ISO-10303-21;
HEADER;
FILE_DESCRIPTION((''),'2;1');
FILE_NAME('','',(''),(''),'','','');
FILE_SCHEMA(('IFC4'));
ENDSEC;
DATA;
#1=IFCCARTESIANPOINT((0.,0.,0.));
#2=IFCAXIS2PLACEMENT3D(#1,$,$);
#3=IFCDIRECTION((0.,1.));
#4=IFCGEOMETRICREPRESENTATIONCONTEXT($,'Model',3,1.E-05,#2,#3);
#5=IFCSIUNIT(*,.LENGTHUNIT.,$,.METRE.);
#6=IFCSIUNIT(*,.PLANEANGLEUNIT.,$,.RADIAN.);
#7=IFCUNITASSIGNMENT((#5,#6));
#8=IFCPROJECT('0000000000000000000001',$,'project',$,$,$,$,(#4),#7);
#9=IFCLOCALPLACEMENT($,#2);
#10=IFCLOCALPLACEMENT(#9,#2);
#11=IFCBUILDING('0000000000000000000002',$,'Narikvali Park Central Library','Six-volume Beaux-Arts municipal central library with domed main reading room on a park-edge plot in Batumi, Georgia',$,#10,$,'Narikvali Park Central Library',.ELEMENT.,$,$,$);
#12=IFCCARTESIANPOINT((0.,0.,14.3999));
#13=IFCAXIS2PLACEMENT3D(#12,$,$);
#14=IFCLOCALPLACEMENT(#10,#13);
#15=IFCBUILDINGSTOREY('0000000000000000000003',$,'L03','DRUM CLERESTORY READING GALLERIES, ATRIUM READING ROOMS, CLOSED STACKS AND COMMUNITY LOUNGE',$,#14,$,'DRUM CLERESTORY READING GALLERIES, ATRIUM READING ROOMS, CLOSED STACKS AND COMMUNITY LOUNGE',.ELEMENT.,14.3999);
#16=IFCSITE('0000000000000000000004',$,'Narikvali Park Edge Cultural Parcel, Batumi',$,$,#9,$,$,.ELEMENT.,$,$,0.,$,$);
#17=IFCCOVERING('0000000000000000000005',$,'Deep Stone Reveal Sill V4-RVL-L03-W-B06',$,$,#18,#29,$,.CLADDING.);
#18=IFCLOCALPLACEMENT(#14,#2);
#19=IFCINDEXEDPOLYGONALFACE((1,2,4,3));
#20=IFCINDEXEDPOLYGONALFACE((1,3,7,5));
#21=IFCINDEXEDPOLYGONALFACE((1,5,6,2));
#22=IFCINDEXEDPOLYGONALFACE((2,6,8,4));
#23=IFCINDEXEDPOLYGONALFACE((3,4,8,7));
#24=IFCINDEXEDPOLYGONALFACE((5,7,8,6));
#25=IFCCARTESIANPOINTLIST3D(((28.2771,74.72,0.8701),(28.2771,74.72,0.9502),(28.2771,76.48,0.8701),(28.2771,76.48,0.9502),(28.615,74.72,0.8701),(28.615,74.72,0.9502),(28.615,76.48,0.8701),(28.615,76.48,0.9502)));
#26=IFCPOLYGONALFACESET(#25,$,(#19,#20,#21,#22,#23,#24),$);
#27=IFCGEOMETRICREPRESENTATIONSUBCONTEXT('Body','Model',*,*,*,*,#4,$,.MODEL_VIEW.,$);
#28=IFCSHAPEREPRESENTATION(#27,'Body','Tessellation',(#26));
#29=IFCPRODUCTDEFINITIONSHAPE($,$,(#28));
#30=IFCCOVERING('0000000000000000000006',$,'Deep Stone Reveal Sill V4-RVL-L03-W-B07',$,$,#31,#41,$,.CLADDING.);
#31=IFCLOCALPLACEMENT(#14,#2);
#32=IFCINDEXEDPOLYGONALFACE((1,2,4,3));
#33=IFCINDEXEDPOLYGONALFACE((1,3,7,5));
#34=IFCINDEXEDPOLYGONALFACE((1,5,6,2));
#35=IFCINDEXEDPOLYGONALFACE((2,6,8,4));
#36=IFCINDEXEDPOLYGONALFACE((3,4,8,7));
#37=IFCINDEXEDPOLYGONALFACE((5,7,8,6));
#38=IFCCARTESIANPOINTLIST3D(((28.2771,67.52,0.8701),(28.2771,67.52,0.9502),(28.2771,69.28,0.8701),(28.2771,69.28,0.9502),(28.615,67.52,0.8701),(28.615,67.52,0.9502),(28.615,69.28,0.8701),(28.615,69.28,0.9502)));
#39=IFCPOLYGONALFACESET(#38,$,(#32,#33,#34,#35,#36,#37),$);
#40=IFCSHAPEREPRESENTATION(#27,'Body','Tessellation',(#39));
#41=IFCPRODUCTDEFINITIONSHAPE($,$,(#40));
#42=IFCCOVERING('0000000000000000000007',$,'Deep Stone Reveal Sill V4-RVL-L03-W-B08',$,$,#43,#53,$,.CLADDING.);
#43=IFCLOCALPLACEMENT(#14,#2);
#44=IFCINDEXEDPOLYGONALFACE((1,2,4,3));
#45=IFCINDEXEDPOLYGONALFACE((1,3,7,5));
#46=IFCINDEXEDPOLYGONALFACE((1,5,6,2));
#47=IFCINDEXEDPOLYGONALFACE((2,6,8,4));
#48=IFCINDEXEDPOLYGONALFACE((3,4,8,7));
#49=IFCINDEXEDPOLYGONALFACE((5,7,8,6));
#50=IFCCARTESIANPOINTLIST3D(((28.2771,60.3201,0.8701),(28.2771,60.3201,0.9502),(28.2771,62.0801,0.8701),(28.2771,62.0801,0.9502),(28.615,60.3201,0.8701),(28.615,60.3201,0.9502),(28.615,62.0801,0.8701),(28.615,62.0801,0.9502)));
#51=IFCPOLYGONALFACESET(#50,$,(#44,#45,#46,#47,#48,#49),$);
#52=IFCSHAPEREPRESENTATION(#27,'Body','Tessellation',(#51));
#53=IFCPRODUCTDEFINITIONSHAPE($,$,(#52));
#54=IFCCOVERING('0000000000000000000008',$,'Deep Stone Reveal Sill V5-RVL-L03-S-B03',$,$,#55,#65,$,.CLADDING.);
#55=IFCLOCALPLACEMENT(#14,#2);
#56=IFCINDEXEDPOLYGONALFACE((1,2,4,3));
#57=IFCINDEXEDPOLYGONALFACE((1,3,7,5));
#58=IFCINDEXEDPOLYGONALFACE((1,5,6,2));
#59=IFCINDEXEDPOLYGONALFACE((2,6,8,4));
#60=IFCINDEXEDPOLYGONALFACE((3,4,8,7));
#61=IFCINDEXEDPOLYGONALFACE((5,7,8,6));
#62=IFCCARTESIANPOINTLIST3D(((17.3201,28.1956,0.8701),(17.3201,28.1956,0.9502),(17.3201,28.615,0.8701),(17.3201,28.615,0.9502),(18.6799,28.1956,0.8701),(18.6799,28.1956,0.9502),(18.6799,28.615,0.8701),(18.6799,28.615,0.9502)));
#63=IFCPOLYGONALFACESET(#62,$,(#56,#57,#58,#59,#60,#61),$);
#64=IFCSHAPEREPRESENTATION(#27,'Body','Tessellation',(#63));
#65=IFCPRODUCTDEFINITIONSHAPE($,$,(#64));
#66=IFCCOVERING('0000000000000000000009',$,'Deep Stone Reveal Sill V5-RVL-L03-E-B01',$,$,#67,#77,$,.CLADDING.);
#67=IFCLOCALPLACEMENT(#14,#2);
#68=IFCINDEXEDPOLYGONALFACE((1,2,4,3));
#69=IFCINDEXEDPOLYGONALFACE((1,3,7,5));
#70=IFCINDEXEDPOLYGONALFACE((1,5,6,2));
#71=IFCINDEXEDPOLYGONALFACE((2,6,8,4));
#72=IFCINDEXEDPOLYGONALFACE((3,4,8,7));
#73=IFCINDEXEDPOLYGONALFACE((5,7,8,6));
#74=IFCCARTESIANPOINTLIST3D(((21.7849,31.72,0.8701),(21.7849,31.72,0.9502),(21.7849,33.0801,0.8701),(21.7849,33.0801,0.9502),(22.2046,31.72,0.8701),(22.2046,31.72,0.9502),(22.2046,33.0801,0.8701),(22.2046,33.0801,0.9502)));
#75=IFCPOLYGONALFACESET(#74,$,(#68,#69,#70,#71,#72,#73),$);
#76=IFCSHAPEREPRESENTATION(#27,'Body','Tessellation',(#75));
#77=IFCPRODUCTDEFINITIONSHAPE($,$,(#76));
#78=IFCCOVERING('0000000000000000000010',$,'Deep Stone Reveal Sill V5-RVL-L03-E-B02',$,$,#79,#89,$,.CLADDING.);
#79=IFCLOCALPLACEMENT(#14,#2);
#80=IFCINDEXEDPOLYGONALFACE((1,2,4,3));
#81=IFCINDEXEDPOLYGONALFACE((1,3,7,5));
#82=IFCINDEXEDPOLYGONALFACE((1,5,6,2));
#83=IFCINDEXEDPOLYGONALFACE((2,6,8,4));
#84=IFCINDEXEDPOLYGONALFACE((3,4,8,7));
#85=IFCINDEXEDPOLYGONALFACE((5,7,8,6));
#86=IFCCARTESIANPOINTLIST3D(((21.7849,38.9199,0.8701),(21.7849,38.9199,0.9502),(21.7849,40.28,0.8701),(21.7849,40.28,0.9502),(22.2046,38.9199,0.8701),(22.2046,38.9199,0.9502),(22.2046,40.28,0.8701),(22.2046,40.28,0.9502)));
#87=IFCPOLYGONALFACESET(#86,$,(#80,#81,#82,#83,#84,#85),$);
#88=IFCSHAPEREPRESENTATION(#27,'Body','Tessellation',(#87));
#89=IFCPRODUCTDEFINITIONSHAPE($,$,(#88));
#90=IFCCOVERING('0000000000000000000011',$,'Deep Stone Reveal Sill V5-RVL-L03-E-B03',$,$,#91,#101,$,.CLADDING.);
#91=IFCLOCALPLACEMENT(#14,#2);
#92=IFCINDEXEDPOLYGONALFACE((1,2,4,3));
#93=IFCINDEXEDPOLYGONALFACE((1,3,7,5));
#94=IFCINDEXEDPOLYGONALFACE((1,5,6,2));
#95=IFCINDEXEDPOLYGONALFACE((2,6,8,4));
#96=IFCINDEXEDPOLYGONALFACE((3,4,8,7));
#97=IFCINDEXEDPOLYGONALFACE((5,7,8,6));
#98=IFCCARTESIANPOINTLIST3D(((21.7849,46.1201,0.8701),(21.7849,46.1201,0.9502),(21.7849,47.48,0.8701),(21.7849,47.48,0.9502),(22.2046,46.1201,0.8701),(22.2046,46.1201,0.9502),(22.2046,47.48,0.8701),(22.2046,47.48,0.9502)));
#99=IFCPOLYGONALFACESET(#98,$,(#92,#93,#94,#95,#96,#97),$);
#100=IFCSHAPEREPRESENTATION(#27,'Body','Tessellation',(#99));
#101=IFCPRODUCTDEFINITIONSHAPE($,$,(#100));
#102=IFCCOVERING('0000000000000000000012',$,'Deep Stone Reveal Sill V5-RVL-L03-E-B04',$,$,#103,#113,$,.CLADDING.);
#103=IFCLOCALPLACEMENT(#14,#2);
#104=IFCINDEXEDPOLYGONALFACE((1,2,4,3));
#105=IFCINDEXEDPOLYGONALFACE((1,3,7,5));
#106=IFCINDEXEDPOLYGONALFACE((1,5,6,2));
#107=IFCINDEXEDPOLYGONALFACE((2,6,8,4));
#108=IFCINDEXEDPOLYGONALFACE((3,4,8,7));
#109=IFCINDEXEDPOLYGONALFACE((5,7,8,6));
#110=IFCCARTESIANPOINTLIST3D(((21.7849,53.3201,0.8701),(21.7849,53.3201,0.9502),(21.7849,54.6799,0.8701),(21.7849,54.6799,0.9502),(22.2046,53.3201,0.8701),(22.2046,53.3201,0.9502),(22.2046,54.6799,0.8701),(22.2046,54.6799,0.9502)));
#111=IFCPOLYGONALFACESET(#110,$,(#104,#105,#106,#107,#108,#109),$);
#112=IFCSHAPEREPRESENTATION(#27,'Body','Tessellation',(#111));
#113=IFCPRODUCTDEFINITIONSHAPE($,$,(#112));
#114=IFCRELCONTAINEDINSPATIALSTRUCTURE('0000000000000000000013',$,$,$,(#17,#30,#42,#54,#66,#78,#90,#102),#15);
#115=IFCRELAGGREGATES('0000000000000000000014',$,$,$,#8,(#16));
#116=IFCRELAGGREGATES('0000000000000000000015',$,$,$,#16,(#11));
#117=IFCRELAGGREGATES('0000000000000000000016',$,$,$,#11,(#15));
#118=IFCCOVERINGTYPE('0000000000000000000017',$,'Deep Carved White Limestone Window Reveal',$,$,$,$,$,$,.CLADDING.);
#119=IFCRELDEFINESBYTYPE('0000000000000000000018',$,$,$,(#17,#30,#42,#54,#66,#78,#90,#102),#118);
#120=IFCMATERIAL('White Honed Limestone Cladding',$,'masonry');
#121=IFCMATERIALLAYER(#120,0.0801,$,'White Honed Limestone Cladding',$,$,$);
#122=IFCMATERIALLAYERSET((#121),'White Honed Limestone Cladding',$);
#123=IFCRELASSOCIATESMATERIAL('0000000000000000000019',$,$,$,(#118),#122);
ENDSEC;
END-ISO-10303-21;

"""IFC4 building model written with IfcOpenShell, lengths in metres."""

from ifc_helpers import new_model, si_unit, direction, frame, origin, place, context, subcontext, project, spatial, polyline, outline, extrude, material, layer, layer_set, type_object, element, save


model = new_model("IFC4")

# Units and contexts
model_context = context("Model", 3, precision=1e-05, world=origin(), true_north=direction((0.0, 1.0)))
body_context = subcontext(model_context, "Body", "Model", "MODEL_VIEW")
ifc_project = project(units=[si_unit("LENGTHUNIT", "METRE"), si_unit("PLANEANGLEUNIT", "RADIAN")], contexts=[model_context])

# Site, building, storey
site_placement = place(None, origin())
site = spatial("IfcSite", under=ifc_project, at=site_placement, Name="Narikvali Park Edge Cultural Parcel, Batumi", CompositionType="ELEMENT", RefElevation=0.0)
building_placement = place(site_placement, origin())
building = spatial("IfcBuilding", under=site, at=building_placement, Name="Narikvali Park Central Library", Description="Six-volume Beaux-Arts municipal central library with domed main reading room on a park-edge plot in Batumi, Georgia", LongName="Narikvali Park Central Library", CompositionType="ELEMENT")
storey_placement = place(building_placement, frame((0.0, 0.0, 14.3999)))
storey = spatial("IfcBuildingStorey", under=building, at=storey_placement, Name="L03", Description="DRUM CLERESTORY READING GALLERIES, ATRIUM READING ROOMS, CLOSED STACKS AND COMMUNITY LOUNGE", LongName="DRUM CLERESTORY READING GALLERIES, ATRIUM READING ROOMS, CLOSED STACKS AND COMMUNITY LOUNGE", CompositionType="ELEMENT", Elevation=14.3999)

# Coverings
ifc_material_1 = material(Name="White Honed Limestone Cladding", Category="masonry")
ifc_layer_1 = layer(ifc_material_1, 0.0801, Name="White Honed Limestone Cladding")
ifc_layer_set_1 = layer_set([ifc_layer_1], Name="White Honed Limestone Cladding")
covering_type = type_object("IfcCoveringType", Name="Deep Carved White Limestone Window Reveal", PredefinedType="CLADDING", material=ifc_layer_set_1)
covering_1_placement = place(storey_placement, frame((0.0, 0.0, 0.8701)))
element("IfcCovering", 1, at=covering_1_placement, inside=storey, type_object=covering_type, Name="Deep Stone Reveal Sill V4-RVL-L03-W-B06", PredefinedType="CLADDING", context=body_context, shape_type="SweptSolid", body=[
    extrude(outline(polyline([(28.615, 76.48), (28.615, 74.72), (28.2771, 74.72), (28.2771, 76.48), (28.615, 76.48)])), origin(), (0.0, 0.0, 1.0), 0.0801),
])
covering_2_placement = place(storey_placement, frame((0.0, 0.0, 0.8701)))
element("IfcCovering", 2, at=covering_2_placement, inside=storey, type_object=covering_type, Name="Deep Stone Reveal Sill V4-RVL-L03-W-B07", PredefinedType="CLADDING", context=body_context, shape_type="SweptSolid", body=[
    extrude(outline(polyline([(28.615, 69.28), (28.615, 67.52), (28.2771, 67.52), (28.2771, 69.28), (28.615, 69.28)])), origin(), (0.0, 0.0, 1.0), 0.0801),
])
covering_3_placement = place(storey_placement, frame((0.0, 0.0, 0.8701)))
element("IfcCovering", 3, at=covering_3_placement, inside=storey, type_object=covering_type, Name="Deep Stone Reveal Sill V4-RVL-L03-W-B08", PredefinedType="CLADDING", context=body_context, shape_type="SweptSolid", body=[
    extrude(outline(polyline([(28.615, 62.0801), (28.615, 60.3201), (28.2771, 60.3201), (28.2771, 62.0801), (28.615, 62.0801)])), origin(), (0.0, 0.0, 1.0), 0.0801),
])
covering_4_placement = place(storey_placement, frame((0.0, 0.0, 0.8701)))
element("IfcCovering", 4, at=covering_4_placement, inside=storey, type_object=covering_type, Name="Deep Stone Reveal Sill V5-RVL-L03-S-B03", PredefinedType="CLADDING", context=body_context, shape_type="SweptSolid", body=[
    extrude(outline(polyline([(17.3201, 28.615), (18.6799, 28.615), (18.6799, 28.1956), (17.3201, 28.1956), (17.3201, 28.615)])), origin(), (0.0, 0.0, 1.0), 0.0801),
])
covering_5_placement = place(storey_placement, frame((0.0, 0.0, 0.8701)))
element("IfcCovering", 5, at=covering_5_placement, inside=storey, type_object=covering_type, Name="Deep Stone Reveal Sill V5-RVL-L03-E-B01", PredefinedType="CLADDING", context=body_context, shape_type="SweptSolid", body=[
    extrude(outline(polyline([(21.7849, 31.72), (21.7849, 33.0801), (22.2046, 33.0801), (22.2046, 31.72), (21.7849, 31.72)])), origin(), (0.0, 0.0, 1.0), 0.0801),
])
covering_6_placement = place(storey_placement, frame((0.0, 0.0, 0.8701)))
element("IfcCovering", 6, at=covering_6_placement, inside=storey, type_object=covering_type, Name="Deep Stone Reveal Sill V5-RVL-L03-E-B02", PredefinedType="CLADDING", context=body_context, shape_type="SweptSolid", body=[
    extrude(outline(polyline([(21.7849, 38.9199), (21.7849, 40.28), (22.2046, 40.28), (22.2046, 38.9199), (21.7849, 38.9199)])), origin(), (0.0, 0.0, 1.0), 0.0801),
])
covering_7_placement = place(storey_placement, frame((0.0, 0.0, 0.8701)))
element("IfcCovering", 7, at=covering_7_placement, inside=storey, type_object=covering_type, Name="Deep Stone Reveal Sill V5-RVL-L03-E-B03", PredefinedType="CLADDING", context=body_context, shape_type="SweptSolid", body=[
    extrude(outline(polyline([(21.7849, 46.1201), (21.7849, 47.48), (22.2046, 47.48), (22.2046, 46.1201), (21.7849, 46.1201)])), origin(), (0.0, 0.0, 1.0), 0.0801),
])
covering_8_placement = place(storey_placement, frame((0.0, 0.0, 0.8701)))
element("IfcCovering", 8, at=covering_8_placement, inside=storey, type_object=covering_type, Name="Deep Stone Reveal Sill V5-RVL-L03-E-B04", PredefinedType="CLADDING", context=body_context, shape_type="SweptSolid", body=[
    extrude(outline(polyline([(21.7849, 53.3201), (21.7849, 54.6799), (22.2046, 54.6799), (22.2046, 53.3201), (21.7849, 53.3201)])), origin(), (0.0, 0.0, 1.0), 0.0801),
])

save(model, "model.ifc")
